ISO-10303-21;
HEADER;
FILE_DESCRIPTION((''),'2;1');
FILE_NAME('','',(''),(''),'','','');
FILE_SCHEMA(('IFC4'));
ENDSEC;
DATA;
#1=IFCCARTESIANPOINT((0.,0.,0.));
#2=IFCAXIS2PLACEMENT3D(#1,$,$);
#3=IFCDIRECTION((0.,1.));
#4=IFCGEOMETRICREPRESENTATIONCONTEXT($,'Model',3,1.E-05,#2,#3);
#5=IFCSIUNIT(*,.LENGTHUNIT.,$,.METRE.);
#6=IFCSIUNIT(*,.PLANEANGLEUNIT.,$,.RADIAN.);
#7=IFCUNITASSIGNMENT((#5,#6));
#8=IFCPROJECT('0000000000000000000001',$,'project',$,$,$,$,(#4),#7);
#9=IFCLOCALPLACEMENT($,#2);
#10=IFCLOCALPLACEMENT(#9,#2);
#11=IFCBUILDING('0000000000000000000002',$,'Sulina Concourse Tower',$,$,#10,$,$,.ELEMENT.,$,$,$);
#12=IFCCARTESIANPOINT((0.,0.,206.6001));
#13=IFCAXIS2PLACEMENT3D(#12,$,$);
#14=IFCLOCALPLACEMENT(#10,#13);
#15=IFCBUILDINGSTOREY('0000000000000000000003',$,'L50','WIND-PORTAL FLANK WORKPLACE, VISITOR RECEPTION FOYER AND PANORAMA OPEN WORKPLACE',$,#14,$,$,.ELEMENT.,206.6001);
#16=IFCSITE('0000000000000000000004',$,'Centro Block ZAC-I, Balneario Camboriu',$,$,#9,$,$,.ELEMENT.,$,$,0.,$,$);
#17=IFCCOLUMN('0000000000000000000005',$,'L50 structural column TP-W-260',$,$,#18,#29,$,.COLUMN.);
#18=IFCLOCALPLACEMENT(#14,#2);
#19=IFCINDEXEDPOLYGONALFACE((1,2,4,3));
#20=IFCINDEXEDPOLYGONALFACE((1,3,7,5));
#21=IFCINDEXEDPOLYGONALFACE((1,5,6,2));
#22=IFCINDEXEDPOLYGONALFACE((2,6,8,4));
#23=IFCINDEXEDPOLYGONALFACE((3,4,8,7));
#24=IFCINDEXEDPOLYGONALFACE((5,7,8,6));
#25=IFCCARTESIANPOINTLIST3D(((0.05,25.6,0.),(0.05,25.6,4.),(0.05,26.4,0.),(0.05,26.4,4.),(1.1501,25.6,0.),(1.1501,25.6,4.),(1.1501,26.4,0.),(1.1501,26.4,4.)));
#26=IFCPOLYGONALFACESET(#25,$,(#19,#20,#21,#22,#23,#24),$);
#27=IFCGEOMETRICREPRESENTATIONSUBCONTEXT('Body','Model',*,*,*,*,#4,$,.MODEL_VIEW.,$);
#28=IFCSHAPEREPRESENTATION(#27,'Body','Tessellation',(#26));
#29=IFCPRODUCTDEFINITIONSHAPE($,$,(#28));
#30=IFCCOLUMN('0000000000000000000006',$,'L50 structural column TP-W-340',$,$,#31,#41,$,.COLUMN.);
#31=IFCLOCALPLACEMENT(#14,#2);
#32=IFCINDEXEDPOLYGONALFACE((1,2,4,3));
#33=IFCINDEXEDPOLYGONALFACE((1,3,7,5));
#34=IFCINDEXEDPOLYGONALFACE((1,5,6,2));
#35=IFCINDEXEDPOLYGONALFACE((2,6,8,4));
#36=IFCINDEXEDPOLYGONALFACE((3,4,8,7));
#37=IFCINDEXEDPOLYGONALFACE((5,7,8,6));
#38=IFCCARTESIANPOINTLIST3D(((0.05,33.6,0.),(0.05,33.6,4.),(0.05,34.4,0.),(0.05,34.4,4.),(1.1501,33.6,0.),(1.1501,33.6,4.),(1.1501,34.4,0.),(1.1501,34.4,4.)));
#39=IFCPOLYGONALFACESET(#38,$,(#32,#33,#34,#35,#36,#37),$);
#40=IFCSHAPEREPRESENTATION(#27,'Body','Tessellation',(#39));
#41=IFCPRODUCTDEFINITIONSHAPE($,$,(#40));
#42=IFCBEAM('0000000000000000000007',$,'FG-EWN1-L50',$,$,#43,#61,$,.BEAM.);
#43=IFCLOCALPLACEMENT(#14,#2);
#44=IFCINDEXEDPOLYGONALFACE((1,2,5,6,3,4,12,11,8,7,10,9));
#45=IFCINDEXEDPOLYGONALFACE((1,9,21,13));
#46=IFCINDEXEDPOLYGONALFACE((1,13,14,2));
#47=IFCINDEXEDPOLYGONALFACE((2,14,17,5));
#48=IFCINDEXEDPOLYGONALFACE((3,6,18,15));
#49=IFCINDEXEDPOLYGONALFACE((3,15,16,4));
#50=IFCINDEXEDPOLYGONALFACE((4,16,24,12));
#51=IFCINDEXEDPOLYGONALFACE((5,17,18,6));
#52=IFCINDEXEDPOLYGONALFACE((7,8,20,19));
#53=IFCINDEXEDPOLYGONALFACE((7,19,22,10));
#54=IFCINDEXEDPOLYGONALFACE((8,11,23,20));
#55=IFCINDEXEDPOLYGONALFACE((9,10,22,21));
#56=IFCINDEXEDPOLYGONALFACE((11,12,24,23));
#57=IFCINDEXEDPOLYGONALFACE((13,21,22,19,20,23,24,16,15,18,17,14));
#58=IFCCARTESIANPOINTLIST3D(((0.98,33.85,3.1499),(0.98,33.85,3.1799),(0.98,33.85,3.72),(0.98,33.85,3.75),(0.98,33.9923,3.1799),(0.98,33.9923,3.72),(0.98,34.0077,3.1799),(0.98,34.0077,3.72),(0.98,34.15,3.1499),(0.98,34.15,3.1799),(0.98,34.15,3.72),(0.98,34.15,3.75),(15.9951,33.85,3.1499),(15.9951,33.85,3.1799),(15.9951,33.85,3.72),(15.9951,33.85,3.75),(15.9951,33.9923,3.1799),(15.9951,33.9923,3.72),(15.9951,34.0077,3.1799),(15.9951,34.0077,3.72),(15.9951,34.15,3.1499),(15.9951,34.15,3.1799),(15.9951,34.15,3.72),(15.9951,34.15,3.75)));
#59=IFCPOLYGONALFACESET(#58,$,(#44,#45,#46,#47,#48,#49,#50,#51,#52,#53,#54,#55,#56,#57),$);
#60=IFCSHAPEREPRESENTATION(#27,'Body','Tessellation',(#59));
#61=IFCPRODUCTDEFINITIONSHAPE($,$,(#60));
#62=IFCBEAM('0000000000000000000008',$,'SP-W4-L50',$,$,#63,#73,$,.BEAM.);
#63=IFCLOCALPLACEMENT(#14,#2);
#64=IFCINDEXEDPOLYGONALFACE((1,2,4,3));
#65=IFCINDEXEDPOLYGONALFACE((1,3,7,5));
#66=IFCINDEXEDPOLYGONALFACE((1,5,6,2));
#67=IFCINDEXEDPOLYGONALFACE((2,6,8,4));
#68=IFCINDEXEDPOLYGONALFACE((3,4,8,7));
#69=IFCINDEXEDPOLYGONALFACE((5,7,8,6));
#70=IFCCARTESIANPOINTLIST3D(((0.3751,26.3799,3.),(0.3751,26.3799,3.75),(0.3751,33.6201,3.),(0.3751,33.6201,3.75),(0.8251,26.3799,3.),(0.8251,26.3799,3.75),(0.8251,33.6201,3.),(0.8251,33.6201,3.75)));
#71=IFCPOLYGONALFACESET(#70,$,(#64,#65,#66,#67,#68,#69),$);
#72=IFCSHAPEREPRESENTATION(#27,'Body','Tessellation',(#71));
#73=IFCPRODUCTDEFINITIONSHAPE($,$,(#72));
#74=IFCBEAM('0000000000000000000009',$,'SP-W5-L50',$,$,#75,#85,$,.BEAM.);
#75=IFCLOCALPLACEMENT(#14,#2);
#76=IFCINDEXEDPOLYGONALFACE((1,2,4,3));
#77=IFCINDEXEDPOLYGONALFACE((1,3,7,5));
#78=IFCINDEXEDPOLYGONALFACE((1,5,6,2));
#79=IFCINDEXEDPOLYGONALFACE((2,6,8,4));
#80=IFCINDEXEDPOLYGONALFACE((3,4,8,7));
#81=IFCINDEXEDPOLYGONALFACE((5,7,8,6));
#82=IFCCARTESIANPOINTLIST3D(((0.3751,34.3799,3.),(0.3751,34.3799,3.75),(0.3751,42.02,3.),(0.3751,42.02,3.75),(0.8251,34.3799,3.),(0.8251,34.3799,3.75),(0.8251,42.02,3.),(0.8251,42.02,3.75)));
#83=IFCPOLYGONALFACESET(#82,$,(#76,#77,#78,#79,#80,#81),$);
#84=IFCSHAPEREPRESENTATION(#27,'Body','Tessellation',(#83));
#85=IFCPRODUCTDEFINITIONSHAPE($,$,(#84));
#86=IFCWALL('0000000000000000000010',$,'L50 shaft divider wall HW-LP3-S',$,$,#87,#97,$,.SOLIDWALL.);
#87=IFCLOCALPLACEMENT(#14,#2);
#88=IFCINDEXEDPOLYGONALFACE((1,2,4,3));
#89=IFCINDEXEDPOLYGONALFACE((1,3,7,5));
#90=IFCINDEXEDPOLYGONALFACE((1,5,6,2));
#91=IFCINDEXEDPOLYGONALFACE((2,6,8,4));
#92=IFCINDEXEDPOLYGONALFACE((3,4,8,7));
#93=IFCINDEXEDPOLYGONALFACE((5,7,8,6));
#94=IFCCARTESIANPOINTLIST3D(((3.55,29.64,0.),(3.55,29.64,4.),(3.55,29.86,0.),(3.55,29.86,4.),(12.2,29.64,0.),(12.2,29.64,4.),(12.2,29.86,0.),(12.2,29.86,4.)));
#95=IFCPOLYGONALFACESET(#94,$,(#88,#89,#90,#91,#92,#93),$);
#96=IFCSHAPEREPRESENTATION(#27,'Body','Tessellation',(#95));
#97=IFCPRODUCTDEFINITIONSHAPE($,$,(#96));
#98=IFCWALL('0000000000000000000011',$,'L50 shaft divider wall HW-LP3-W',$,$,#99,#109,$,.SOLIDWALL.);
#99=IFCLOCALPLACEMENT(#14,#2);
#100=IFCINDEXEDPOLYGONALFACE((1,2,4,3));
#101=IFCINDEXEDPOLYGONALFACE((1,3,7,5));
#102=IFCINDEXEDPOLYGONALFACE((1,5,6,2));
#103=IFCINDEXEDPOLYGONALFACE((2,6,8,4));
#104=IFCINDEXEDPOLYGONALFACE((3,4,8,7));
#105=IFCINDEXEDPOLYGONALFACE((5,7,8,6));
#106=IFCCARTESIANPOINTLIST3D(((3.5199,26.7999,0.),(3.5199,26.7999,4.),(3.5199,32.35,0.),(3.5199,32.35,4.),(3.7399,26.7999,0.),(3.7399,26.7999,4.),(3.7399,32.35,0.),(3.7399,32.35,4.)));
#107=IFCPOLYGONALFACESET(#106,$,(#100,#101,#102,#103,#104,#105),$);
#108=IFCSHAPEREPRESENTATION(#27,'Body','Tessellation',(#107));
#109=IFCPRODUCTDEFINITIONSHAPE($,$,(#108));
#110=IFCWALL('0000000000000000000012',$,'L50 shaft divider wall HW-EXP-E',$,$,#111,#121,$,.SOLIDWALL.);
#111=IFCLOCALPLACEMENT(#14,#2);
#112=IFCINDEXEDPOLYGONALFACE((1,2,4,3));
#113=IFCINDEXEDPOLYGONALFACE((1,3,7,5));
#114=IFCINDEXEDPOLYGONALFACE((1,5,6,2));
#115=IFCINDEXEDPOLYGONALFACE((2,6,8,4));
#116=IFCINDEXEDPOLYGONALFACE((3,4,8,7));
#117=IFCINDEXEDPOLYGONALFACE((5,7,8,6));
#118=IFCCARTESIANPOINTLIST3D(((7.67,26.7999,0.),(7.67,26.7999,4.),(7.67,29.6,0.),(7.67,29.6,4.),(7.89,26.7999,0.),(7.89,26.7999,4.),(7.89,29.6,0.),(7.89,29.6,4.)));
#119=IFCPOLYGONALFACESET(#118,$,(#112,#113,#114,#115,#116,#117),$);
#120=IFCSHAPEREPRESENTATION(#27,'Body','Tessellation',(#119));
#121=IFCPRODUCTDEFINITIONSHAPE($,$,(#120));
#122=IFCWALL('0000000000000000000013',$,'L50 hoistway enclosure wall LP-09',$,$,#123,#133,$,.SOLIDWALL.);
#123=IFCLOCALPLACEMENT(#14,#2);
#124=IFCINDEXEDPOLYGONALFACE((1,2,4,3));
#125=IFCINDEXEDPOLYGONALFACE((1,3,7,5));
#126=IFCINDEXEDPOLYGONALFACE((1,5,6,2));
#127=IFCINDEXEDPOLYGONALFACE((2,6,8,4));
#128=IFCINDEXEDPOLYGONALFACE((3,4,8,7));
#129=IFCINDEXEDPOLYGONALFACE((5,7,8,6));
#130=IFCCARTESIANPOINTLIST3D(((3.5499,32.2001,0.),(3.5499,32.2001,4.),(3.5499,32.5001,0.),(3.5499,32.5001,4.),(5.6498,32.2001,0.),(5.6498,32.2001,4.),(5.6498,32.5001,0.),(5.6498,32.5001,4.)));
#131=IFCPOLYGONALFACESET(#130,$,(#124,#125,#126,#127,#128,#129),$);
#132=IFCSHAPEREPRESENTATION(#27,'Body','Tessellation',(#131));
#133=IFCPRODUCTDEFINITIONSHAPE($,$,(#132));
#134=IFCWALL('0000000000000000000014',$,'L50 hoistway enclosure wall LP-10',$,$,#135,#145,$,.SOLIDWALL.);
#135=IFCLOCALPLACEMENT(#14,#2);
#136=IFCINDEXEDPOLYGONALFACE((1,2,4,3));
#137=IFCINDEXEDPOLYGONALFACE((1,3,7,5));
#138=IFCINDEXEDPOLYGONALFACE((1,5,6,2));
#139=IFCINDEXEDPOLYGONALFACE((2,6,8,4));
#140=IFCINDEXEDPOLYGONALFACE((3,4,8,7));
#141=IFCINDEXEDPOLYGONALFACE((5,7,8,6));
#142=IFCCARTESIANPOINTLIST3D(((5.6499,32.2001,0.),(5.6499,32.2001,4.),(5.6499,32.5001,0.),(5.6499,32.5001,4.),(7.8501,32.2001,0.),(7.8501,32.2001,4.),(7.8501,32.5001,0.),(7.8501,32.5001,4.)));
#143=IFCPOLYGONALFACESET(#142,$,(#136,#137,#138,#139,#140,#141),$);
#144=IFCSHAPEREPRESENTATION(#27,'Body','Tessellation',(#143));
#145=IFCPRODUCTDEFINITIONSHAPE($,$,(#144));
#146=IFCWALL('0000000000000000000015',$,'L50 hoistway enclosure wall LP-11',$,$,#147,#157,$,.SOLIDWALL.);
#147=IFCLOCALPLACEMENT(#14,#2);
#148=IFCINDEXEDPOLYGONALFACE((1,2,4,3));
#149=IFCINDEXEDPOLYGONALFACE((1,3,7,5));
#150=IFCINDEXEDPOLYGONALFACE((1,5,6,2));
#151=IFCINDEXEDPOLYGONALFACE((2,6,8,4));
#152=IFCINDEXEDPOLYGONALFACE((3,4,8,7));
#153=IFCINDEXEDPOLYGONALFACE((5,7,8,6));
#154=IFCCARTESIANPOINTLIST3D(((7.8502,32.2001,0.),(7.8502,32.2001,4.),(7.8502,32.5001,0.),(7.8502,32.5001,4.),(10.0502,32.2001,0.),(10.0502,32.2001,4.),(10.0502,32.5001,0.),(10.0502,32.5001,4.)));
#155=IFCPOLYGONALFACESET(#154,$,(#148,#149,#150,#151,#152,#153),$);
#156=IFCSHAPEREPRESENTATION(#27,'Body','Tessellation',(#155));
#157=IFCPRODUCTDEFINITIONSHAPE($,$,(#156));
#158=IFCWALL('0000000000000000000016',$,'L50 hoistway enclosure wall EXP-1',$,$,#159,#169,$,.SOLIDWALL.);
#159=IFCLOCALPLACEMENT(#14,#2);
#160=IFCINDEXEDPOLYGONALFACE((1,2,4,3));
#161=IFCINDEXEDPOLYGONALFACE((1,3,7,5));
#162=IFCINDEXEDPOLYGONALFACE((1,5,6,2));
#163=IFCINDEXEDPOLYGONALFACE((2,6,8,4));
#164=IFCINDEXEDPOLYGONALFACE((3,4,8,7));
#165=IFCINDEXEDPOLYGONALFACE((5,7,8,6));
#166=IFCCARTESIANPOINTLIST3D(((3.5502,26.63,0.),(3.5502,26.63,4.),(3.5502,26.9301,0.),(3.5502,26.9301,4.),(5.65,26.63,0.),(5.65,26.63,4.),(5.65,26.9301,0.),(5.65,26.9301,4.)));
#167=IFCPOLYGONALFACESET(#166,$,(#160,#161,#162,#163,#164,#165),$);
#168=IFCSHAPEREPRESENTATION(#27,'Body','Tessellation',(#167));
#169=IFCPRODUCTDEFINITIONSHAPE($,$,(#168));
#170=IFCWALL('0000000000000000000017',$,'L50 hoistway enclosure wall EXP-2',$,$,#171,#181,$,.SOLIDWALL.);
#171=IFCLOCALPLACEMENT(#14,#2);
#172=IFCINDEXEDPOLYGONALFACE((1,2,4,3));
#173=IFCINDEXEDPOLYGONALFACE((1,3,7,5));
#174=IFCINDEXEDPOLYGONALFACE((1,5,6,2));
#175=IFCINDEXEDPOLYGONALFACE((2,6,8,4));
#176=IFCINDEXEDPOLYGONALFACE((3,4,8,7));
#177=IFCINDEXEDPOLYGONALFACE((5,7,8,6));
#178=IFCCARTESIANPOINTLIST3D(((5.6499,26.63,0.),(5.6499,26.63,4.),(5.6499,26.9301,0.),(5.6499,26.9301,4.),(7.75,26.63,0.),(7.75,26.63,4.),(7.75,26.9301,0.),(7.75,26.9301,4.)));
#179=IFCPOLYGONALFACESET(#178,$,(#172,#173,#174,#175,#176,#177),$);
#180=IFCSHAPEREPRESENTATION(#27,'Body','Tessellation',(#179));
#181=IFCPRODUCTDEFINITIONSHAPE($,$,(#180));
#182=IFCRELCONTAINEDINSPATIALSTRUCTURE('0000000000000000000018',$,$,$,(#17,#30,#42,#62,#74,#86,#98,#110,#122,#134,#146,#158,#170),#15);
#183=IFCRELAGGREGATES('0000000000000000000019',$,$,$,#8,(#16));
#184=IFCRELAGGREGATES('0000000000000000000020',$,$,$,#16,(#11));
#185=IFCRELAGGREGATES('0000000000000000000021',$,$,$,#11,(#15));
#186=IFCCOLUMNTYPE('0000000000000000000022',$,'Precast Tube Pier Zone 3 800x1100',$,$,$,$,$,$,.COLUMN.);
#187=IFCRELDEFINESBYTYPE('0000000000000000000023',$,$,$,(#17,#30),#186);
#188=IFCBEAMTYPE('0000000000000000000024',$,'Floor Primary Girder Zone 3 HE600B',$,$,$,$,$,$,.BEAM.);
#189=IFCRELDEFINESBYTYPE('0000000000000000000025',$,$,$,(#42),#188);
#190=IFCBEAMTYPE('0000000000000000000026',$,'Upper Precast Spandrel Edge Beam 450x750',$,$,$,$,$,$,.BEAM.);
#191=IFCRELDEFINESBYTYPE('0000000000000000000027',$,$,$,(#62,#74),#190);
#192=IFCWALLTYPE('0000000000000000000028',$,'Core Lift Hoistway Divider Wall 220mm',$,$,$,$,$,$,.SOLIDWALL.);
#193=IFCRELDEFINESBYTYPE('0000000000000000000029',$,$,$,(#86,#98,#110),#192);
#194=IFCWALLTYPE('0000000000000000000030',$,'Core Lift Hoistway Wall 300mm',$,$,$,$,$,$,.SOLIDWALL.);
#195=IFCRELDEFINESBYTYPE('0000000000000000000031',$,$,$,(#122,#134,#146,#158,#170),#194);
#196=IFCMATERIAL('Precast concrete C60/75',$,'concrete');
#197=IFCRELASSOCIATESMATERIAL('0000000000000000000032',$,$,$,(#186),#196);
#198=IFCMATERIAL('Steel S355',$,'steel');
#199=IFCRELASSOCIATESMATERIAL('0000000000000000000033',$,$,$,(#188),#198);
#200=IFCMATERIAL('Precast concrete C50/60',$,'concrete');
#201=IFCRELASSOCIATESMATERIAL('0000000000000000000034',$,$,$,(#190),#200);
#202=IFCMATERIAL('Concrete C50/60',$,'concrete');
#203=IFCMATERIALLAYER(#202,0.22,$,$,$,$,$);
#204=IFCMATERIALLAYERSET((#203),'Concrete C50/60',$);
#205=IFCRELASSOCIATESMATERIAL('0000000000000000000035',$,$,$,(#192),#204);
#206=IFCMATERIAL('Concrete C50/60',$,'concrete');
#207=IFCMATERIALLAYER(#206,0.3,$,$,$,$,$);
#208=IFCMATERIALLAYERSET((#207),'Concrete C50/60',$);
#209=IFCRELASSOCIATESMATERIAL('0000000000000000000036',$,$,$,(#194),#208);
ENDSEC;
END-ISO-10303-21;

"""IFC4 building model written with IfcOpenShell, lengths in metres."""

from ifc_helpers import new_model, si_unit, direction, frame, frame_2d, origin, origin_2d, place, context, subcontext, project, spatial, rectangle, i_section, extrude, material, layer, layer_set, material_profile, profile_set, type_object, element, save


model = new_model("IFC4")

# Units and contexts
model_context = context("Model", 3, precision=1e-05, world=origin(), true_north=direction((0.0, 1.0)))
body_context = subcontext(model_context, "Body", "Model", "MODEL_VIEW")
ifc_project = project(units=[si_unit("LENGTHUNIT", "METRE"), si_unit("PLANEANGLEUNIT", "RADIAN")], contexts=[model_context])

# Site, building, storey
site_placement = place(None, origin())
site = spatial("IfcSite", under=ifc_project, at=site_placement, Name="Centro Block ZAC-I, Balneario Camboriu", CompositionType="ELEMENT", RefElevation=0.0)
building_placement = place(site_placement, origin())
building = spatial("IfcBuilding", under=site, at=building_placement, Name="Sulina Concourse Tower", CompositionType="ELEMENT")
storey_placement = place(building_placement, frame((0.0, 0.0, 206.6001)))
storey = spatial("IfcBuildingStorey", under=building, at=storey_placement, Name="L50", Description="WIND-PORTAL FLANK WORKPLACE, VISITOR RECEPTION FOYER AND PANORAMA OPEN WORKPLACE", CompositionType="ELEMENT", Elevation=206.6001)

# Columns
ifc_material_1 = material(Name="Precast concrete C60/75", Category="concrete")
ifc_material_profile_1 = material_profile(ifc_material_1, rectangle(XDim=0.8, YDim=1.1001, at=origin_2d()), Name="PC 800x1100")
ifc_profile_set_1 = profile_set([ifc_material_profile_1], Name="Precast concrete C60/75")
column_type = type_object("IfcColumnType", Name="Precast Tube Pier Zone 3 800x1100", PredefinedType="COLUMN", material=ifc_profile_set_1)
for number, where, z_axis, x_axis, name in (
    (1, (0.6001, 26.0, 0.0), (0.0, 0.0, 1.0), (0.0, 1.0, 0.0), "L50 structural column TP-W-260"),
    (2, (0.6001, 34.0, 0.0), (0.0, 0.0, 1.0), (0.0, 1.0, 0.0), "L50 structural column TP-W-340"),
):
    element("IfcColumn", number, at=place(storey_placement, frame(where, z_axis=z_axis, x_axis=x_axis)), inside=storey, type_object=column_type, Name=name, PredefinedType="COLUMN", context=body_context, shape_type="SweptSolid", body=[
        extrude(rectangle(XDim=0.8, YDim=1.1001, at=origin_2d()), origin(), (0.0, 0.0, 1.0), 4.0),
    ])

# Beams
ifc_material_2 = material(Name="Steel S355", Category="steel")
ifc_material_profile_2 = material_profile(ifc_material_2, i_section(OverallWidth=0.3, OverallDepth=0.6001, WebThickness=0.0154, FlangeThickness=0.03, at=origin_2d()), Name="HE 600 B")
ifc_profile_set_2 = profile_set([ifc_material_profile_2], Name="Steel S355")
beam_type_1 = type_object("IfcBeamType", Name="Floor Primary Girder Zone 3 HE600B", PredefinedType="BEAM", material=ifc_profile_set_2)
beam_1_placement = place(storey_placement, frame((0.98, 34.0, 3.45), z_axis=(1.0, 0.0, 0.0), x_axis=(0.0, 1.0, 0.0)))
element("IfcBeam", 3, at=beam_1_placement, inside=storey, type_object=beam_type_1, Name="FG-EWN1-L50", PredefinedType="BEAM", context=body_context, shape_type="SweptSolid", body=[
    extrude(i_section(OverallWidth=0.3, OverallDepth=0.6001, WebThickness=0.0154, FlangeThickness=0.03, at=origin_2d()), origin(), (0.0, 0.0, 1.0), 15.0151),
])
ifc_material_3 = material(Name="Precast concrete C50/60", Category="concrete")
ifc_material_profile_3 = material_profile(ifc_material_3, rectangle(XDim=0.45, YDim=0.75, at=origin_2d()), Name="RC 450x750")
ifc_profile_set_3 = profile_set([ifc_material_profile_3], Name="Precast concrete C50/60")
beam_type_2 = type_object("IfcBeamType", Name="Upper Precast Spandrel Edge Beam 450x750", PredefinedType="BEAM", material=ifc_profile_set_3)
beam_2_placement = place(storey_placement, frame((0.6001, 26.3799, 3.375), z_axis=(0.0, 1.0, 0.0), x_axis=(-1.0, 0.0, 0.0)))
element("IfcBeam", 4, at=beam_2_placement, inside=storey, type_object=beam_type_2, Name="SP-W4-L50", PredefinedType="BEAM", context=body_context, shape_type="SweptSolid", body=[
    extrude(rectangle(XDim=0.45, YDim=0.75, at=origin_2d()), origin(), (0.0, 0.0, 1.0), 7.2402),
])
beam_3_placement = place(storey_placement, frame((0.6001, 34.3799, 3.375), z_axis=(0.0, 1.0, 0.0), x_axis=(-1.0, 0.0, 0.0)))
element("IfcBeam", 5, at=beam_3_placement, inside=storey, type_object=beam_type_2, Name="SP-W5-L50", PredefinedType="BEAM", context=body_context, shape_type="SweptSolid", body=[
    extrude(rectangle(XDim=0.45, YDim=0.75, at=origin_2d()), origin(), (0.0, 0.0, 1.0), 7.6401),
])

# Walls
ifc_material_4 = material(Name="Concrete C50/60", Category="concrete")
ifc_layer_1 = layer(ifc_material_4, 0.22)
ifc_layer_set_1 = layer_set([ifc_layer_1], Name="Concrete C50/60")
wall_type_1 = type_object("IfcWallType", Name="Core Lift Hoistway Divider Wall 220mm", PredefinedType="SOLIDWALL", material=ifc_layer_set_1)
wall_1_placement = place(storey_placement, frame((3.55, 29.75, 0.0), z_axis=(0.0, 0.0, 1.0), x_axis=(1.0, 0.0, 0.0)))
element("IfcWall", 6, at=wall_1_placement, inside=storey, type_object=wall_type_1, Name="L50 shaft divider wall HW-LP3-S", PredefinedType="SOLIDWALL", context=body_context, shape_type="SweptSolid", body=[
    extrude(rectangle(XDim=8.6499, YDim=0.22, at=frame_2d((4.325, 0.0))), origin(), (0.0, 0.0, 1.0), 4.0),
])
wall_2_placement = place(storey_placement, frame((3.6299, 26.8, 0.0), z_axis=(0.0, 0.0, 1.0), x_axis=(0.0, 1.0, 0.0)))
element("IfcWall", 7, at=wall_2_placement, inside=storey, type_object=wall_type_1, Name="L50 shaft divider wall HW-LP3-W", PredefinedType="SOLIDWALL", context=body_context, shape_type="SweptSolid", body=[
    extrude(rectangle(XDim=5.55, YDim=0.22, at=frame_2d((2.7749, 0.0))), origin(), (0.0, 0.0, 1.0), 4.0),
])
wall_3_placement = place(storey_placement, frame((7.78, 26.8, 0.0), z_axis=(0.0, 0.0, 1.0), x_axis=(0.0, 1.0, 0.0)))
element("IfcWall", 8, at=wall_3_placement, inside=storey, type_object=wall_type_1, Name="L50 shaft divider wall HW-EXP-E", PredefinedType="SOLIDWALL", context=body_context, shape_type="SweptSolid", body=[
    extrude(rectangle(XDim=2.8, YDim=0.22, at=frame_2d((1.3999, 0.0))), origin(), (0.0, 0.0, 1.0), 4.0),
])
ifc_material_5 = material(Name="Concrete C50/60", Category="concrete")
ifc_layer_2 = layer(ifc_material_5, 0.3)
ifc_layer_set_2 = layer_set([ifc_layer_2], Name="Concrete C50/60")
wall_type_2 = type_object("IfcWallType", Name="Core Lift Hoistway Wall 300mm", PredefinedType="SOLIDWALL", material=ifc_layer_set_2)
wall_4_placement = place(storey_placement, frame((3.55, 32.3501, 0.0), z_axis=(0.0, 0.0, 1.0), x_axis=(1.0, 0.0, 0.0)))
element("IfcWall", 9, at=wall_4_placement, inside=storey, type_object=wall_type_2, Name="L50 hoistway enclosure wall LP-09", PredefinedType="SOLIDWALL", context=body_context, shape_type="SweptSolid", body=[
    extrude(rectangle(XDim=2.0999, YDim=0.3, at=frame_2d((1.0498, 0.0))), origin(), (0.0, 0.0, 1.0), 4.0),
])
wall_5_placement = place(storey_placement, frame((5.6499, 32.3501, 0.0), z_axis=(0.0, 0.0, 1.0), x_axis=(1.0, 0.0, 0.0)))
element("IfcWall", 10, at=wall_5_placement, inside=storey, type_object=wall_type_2, Name="L50 hoistway enclosure wall LP-10", PredefinedType="SOLIDWALL", context=body_context, shape_type="SweptSolid", body=[
    extrude(rectangle(XDim=2.2002, YDim=0.3, at=frame_2d((1.1001, 0.0))), origin(), (0.0, 0.0, 1.0), 4.0),
])
wall_6_placement = place(storey_placement, frame((7.8501, 32.3501, 0.0), z_axis=(0.0, 0.0, 1.0), x_axis=(1.0, 0.0, 0.0)))
element("IfcWall", 11, at=wall_6_placement, inside=storey, type_object=wall_type_2, Name="L50 hoistway enclosure wall LP-11", PredefinedType="SOLIDWALL", context=body_context, shape_type="SweptSolid", body=[
    extrude(rectangle(XDim=2.2, YDim=0.3, at=frame_2d((1.1001, 0.0))), origin(), (0.0, 0.0, 1.0), 4.0),
])
wall_7_placement = place(storey_placement, frame((5.6499, 26.78, 0.0), z_axis=(0.0, 0.0, 1.0), x_axis=(-1.0, 0.0, 0.0)))
element("IfcWall", 12, at=wall_7_placement, inside=storey, type_object=wall_type_2, Name="L50 hoistway enclosure wall EXP-1", PredefinedType="SOLIDWALL", context=body_context, shape_type="SweptSolid", body=[
    extrude(rectangle(XDim=2.0999, YDim=0.3, at=frame_2d((1.0498, 0.0))), origin(), (0.0, 0.0, 1.0), 4.0),
])
wall_8_placement = place(storey_placement, frame((7.75, 26.78, 0.0), z_axis=(0.0, 0.0, 1.0), x_axis=(-1.0, 0.0, 0.0)))
element("IfcWall", 13, at=wall_8_placement, inside=storey, type_object=wall_type_2, Name="L50 hoistway enclosure wall EXP-2", PredefinedType="SOLIDWALL", context=body_context, shape_type="SweptSolid", body=[
    extrude(rectangle(XDim=2.1001, YDim=0.3, at=frame_2d((1.05, 0.0))), origin(), (0.0, 0.0, 1.0), 4.0),
])

save(model, "model.ifc")
